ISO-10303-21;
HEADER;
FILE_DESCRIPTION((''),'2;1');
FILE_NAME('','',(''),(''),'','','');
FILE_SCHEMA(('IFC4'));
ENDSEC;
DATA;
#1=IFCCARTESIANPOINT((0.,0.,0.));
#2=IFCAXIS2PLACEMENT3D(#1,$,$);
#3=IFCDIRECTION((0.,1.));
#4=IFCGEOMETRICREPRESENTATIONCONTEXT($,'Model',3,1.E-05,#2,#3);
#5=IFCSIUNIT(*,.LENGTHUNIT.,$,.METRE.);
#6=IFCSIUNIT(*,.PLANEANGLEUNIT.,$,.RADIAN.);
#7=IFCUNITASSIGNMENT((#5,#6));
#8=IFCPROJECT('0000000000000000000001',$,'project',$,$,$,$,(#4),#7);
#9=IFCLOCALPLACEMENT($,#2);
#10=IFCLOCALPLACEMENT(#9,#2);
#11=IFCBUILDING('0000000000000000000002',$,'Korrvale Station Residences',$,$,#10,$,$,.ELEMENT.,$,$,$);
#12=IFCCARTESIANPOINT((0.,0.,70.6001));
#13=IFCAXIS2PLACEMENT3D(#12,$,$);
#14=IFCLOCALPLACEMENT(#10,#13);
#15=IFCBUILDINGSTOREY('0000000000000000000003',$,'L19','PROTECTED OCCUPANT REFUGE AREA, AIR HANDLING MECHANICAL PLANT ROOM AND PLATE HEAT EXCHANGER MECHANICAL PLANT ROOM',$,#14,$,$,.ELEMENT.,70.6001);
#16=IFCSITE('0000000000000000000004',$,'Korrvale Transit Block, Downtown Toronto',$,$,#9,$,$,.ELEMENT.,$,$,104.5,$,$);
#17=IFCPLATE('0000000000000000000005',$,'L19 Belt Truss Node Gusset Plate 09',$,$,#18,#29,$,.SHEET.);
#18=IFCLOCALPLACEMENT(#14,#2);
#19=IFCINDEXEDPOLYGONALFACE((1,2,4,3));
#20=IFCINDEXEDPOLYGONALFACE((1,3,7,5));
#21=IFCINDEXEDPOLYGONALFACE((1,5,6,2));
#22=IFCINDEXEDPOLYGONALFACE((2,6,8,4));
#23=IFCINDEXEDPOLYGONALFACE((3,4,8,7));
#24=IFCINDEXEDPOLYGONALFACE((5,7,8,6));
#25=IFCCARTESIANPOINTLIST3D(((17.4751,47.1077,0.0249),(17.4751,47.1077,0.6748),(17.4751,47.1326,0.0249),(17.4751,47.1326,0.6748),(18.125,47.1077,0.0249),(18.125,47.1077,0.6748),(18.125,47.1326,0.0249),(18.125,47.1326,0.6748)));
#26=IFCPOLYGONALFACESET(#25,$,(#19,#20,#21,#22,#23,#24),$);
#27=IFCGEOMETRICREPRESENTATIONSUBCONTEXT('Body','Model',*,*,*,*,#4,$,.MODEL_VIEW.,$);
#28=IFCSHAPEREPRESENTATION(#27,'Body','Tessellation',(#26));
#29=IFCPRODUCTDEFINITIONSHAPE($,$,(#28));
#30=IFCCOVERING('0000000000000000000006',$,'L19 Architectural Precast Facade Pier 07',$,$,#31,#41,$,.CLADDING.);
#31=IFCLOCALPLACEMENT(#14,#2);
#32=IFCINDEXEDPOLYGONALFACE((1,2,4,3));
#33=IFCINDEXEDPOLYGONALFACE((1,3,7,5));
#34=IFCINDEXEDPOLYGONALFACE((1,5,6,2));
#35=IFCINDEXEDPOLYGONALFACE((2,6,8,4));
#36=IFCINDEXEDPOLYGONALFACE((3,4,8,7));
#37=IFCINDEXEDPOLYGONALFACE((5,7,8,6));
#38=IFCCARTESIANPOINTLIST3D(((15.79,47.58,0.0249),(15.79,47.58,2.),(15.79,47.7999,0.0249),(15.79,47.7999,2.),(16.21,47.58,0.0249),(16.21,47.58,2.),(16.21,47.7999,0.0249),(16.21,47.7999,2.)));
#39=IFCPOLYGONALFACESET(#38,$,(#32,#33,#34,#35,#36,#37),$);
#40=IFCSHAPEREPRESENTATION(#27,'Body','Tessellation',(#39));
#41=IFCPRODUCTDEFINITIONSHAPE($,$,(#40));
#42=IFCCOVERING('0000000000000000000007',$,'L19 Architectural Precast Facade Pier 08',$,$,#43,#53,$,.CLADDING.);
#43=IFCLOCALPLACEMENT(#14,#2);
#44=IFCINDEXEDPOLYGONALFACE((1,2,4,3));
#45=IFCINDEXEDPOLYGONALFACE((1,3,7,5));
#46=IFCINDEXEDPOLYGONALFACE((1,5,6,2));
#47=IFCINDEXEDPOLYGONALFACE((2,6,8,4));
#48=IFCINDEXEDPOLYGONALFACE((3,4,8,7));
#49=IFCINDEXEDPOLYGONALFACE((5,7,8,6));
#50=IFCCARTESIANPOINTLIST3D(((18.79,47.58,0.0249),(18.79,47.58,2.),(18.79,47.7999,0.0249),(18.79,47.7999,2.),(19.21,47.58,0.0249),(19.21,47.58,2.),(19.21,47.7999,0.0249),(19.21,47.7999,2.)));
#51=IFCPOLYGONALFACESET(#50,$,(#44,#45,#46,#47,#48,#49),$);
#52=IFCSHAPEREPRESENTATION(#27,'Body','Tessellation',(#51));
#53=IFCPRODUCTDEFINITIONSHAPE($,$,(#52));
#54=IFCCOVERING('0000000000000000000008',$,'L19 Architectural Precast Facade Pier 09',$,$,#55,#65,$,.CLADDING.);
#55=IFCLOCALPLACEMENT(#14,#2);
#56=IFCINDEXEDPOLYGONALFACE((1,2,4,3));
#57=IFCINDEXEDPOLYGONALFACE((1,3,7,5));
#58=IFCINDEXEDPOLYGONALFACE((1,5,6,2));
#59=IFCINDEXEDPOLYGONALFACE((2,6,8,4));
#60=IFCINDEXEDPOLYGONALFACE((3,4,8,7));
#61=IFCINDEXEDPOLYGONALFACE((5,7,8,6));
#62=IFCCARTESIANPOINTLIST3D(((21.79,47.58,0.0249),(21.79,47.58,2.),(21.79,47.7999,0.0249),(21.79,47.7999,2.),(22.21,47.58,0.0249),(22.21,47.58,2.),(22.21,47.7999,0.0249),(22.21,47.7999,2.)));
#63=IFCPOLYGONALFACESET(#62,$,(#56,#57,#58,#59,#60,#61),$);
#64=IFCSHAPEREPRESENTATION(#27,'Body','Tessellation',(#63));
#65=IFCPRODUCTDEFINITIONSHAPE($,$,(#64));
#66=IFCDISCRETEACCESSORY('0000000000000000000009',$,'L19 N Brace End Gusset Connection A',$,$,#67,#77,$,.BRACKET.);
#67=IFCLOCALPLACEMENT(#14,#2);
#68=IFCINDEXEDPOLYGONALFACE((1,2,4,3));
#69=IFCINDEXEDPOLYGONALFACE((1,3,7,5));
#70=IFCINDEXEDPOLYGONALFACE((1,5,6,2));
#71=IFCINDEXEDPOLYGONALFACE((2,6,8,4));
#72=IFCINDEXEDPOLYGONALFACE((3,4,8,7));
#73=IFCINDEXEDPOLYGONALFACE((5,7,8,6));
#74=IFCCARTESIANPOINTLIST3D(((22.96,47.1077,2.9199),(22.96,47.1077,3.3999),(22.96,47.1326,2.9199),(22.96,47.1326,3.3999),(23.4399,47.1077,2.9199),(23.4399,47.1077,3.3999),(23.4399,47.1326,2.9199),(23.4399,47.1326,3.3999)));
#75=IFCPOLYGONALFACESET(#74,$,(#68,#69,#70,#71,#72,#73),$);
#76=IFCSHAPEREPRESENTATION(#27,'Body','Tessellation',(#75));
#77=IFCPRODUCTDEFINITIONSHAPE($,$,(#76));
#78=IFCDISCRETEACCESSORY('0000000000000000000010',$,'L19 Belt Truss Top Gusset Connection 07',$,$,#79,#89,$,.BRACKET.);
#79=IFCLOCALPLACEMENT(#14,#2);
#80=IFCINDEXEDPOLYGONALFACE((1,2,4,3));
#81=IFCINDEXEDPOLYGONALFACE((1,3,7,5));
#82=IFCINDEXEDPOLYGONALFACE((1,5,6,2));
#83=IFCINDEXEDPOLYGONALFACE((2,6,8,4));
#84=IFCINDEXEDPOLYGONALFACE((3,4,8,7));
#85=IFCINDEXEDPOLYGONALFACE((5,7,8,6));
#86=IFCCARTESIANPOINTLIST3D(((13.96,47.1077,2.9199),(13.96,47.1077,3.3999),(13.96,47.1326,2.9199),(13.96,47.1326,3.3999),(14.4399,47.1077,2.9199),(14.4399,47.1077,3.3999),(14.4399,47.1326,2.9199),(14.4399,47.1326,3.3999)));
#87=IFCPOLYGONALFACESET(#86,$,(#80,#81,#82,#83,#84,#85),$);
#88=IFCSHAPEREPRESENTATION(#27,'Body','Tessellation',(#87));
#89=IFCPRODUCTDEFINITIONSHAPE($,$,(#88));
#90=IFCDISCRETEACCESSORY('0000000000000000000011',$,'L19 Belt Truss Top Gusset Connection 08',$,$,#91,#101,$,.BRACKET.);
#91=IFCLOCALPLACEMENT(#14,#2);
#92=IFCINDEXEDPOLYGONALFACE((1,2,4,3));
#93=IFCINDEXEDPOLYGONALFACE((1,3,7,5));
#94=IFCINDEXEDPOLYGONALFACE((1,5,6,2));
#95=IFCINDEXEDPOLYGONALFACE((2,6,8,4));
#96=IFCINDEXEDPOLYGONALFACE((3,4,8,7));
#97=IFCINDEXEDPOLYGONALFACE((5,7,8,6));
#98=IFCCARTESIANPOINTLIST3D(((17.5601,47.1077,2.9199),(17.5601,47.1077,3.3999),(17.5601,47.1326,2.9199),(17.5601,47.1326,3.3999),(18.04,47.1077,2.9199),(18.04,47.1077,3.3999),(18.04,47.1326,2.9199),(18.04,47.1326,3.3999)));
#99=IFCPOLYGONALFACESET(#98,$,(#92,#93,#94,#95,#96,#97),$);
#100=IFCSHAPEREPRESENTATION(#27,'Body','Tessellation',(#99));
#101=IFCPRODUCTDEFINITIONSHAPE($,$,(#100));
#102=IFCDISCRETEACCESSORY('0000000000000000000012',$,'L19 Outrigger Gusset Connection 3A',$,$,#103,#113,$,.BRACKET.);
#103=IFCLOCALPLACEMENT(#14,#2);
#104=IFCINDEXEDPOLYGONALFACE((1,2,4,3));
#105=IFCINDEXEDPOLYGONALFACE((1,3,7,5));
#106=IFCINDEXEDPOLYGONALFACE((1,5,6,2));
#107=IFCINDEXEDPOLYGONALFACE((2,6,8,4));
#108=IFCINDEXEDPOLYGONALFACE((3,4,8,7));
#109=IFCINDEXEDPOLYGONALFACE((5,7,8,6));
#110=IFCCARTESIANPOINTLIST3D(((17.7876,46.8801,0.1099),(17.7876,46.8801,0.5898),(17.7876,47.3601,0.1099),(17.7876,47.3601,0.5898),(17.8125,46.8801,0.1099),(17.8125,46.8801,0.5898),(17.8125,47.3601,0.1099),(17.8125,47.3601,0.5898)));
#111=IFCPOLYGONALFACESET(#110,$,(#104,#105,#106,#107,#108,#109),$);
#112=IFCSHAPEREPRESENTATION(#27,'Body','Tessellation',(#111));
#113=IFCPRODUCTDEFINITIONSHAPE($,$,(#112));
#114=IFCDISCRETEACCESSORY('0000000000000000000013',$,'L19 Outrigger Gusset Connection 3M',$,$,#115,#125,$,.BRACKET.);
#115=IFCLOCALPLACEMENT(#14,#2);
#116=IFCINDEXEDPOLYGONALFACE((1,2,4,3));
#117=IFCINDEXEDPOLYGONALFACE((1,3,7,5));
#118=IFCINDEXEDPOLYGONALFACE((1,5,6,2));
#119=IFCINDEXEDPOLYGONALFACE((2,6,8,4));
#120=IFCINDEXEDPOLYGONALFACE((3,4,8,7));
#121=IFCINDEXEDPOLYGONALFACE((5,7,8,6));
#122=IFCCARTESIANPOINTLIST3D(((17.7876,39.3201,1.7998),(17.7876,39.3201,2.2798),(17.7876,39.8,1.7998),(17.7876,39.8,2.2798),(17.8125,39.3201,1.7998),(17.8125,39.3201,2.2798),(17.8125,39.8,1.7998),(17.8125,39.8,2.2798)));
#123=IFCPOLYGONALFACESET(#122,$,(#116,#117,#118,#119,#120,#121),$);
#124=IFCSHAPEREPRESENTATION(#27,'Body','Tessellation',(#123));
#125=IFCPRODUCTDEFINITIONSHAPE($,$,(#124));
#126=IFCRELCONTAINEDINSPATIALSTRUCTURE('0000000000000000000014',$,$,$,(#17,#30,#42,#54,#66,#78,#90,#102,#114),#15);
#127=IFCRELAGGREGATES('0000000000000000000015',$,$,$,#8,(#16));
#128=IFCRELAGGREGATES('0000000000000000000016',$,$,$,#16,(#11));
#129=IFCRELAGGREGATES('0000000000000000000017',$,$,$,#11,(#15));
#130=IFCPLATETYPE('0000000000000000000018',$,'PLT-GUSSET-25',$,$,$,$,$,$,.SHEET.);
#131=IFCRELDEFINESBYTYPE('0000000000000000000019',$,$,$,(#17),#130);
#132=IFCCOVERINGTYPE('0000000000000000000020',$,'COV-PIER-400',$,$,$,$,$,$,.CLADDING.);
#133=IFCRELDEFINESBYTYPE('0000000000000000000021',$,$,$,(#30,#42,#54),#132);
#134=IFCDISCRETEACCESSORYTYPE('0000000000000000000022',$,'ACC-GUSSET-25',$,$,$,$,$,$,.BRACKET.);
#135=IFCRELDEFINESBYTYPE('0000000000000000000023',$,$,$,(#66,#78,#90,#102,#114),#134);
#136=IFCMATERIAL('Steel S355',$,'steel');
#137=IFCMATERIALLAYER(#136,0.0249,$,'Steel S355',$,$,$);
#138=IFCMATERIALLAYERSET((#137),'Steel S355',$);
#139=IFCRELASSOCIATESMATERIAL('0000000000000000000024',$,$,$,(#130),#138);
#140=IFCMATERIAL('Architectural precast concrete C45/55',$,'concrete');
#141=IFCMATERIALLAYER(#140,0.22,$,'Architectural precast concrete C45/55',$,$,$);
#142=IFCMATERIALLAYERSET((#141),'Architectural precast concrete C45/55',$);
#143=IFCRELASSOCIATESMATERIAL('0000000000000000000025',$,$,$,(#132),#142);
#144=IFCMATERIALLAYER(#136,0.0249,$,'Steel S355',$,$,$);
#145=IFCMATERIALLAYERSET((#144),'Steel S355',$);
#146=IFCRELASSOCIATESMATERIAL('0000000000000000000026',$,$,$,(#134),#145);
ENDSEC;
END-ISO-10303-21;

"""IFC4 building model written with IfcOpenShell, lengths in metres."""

from ifc_helpers import new_model, si_unit, direction, frame, origin, origin_2d, place, context, subcontext, project, spatial, rectangle, extrude, material, layer, layer_set, type_object, element, save


model = new_model("IFC4")

# Units and contexts
model_context = context("Model", 3, precision=1e-05, world=origin(), true_north=direction((0.0, 1.0)))
body_context = subcontext(model_context, "Body", "Model", "MODEL_VIEW")
ifc_project = project(units=[si_unit("LENGTHUNIT", "METRE"), si_unit("PLANEANGLEUNIT", "RADIAN")], contexts=[model_context])

# Site, building, storey
site_placement = place(None, origin())
site = spatial("IfcSite", under=ifc_project, at=site_placement, Name="Korrvale Transit Block, Downtown Toronto", CompositionType="ELEMENT", RefElevation=104.5)
building_placement = place(site_placement, origin())
building = spatial("IfcBuilding", under=site, at=building_placement, Name="Korrvale Station Residences", CompositionType="ELEMENT")
storey_placement = place(building_placement, frame((0.0, 0.0, 70.6001)))
storey = spatial("IfcBuildingStorey", under=building, at=storey_placement, Name="L19", Description="PROTECTED OCCUPANT REFUGE AREA, AIR HANDLING MECHANICAL PLANT ROOM AND PLATE HEAT EXCHANGER MECHANICAL PLANT ROOM", CompositionType="ELEMENT", Elevation=70.6001)

# Shared definitions
ifc_material_1 = material(Name="Steel S355", Category="steel")

# Plate
ifc_layer_1 = layer(ifc_material_1, 0.0249, Name="Steel S355")
ifc_layer_set_1 = layer_set([ifc_layer_1], Name="Steel S355")
plate_type_1 = type_object("IfcPlateType", Name="PLT-GUSSET-25", PredefinedType="SHEET", material=ifc_layer_set_1)
for number, where, z_axis, x_axis, name in (
    (1, (17.8, 47.1201, 0.0249), (0.0, 0.0, 1.0), (1.0, 0.0, 0.0), "L19 Belt Truss Node Gusset Plate 09"),
):
    element("IfcPlate", number, at=place(storey_placement, frame(where, z_axis=z_axis, x_axis=x_axis)), inside=storey, type_object=plate_type_1, Name=name, PredefinedType="SHEET", context=body_context, shape_type="SweptSolid", body=[
        extrude(rectangle(XDim=0.6499, YDim=0.0249, at=origin_2d()), origin(), (0.0, 0.0, 1.0), 0.6499),
    ])

# Coverings
ifc_material_2 = material(Name="Architectural precast concrete C45/55", Category="concrete")
ifc_layer_2 = layer(ifc_material_2, 0.22, Name="Architectural precast concrete C45/55")
ifc_layer_set_2 = layer_set([ifc_layer_2], Name="Architectural precast concrete C45/55")
covering_type = type_object("IfcCoveringType", Name="COV-PIER-400", PredefinedType="CLADDING", material=ifc_layer_set_2)
for number, where, z_axis, x_axis, name in (
    (2, (16.0, 47.6899, 0.0249), (0.0, 0.0, 1.0), (1.0, 0.0, 0.0), "L19 Architectural Precast Facade Pier 07"),
    (3, (19.0, 47.6899, 0.0249), (0.0, 0.0, 1.0), (1.0, 0.0, 0.0), "L19 Architectural Precast Facade Pier 08"),
    (4, (22.0, 47.6899, 0.0249), (0.0, 0.0, 1.0), (1.0, 0.0, 0.0), "L19 Architectural Precast Facade Pier 09"),
):
    element("IfcCovering", number, at=place(storey_placement, frame(where, z_axis=z_axis, x_axis=x_axis)), inside=storey, type_object=covering_type, Name=name, PredefinedType="CLADDING", context=body_context, shape_type="SweptSolid", body=[
        extrude(rectangle(XDim=0.4199, YDim=0.22, at=origin_2d()), origin(), (0.0, 0.0, 1.0), 1.9751),
    ])

# Discrete accessories
ifc_layer_3 = layer(ifc_material_1, 0.0249, Name="Steel S355")
ifc_layer_set_3 = layer_set([ifc_layer_3], Name="Steel S355")
discrete_accessory_type = type_object("IfcDiscreteAccessoryType", Name="ACC-GUSSET-25", PredefinedType="BRACKET", material=ifc_layer_set_3)
for number, where, z_axis, x_axis, name in (
    (5, (23.2, 47.1201, 2.9199), (0.0, 0.0, 1.0), (1.0, 0.0, 0.0), "L19 N Brace End Gusset Connection A"),
    (6, (14.2, 47.1201, 2.9199), (0.0, 0.0, 1.0), (1.0, 0.0, 0.0), "L19 Belt Truss Top Gusset Connection 07"),
    (7, (17.8, 47.1201, 2.9199), (0.0, 0.0, 1.0), (1.0, 0.0, 0.0), "L19 Belt Truss Top Gusset Connection 08"),
    (8, (17.8, 47.1201, 0.1099), (0.0, 0.0, 1.0), (0.0, 1.0, 0.0), "L19 Outrigger Gusset Connection 3A"),
    (9, (17.8, 39.5601, 1.7998), (0.0, 0.0, 1.0), (0.0, 1.0, 0.0), "L19 Outrigger Gusset Connection 3M"),
):
    element("IfcDiscreteAccessory", number, at=place(storey_placement, frame(where, z_axis=z_axis, x_axis=x_axis)), inside=storey, type_object=discrete_accessory_type, Name=name, PredefinedType="BRACKET", context=body_context, shape_type="SweptSolid", body=[
        extrude(rectangle(XDim=0.48, YDim=0.0249, at=origin_2d()), origin(), (0.0, 0.0, 1.0), 0.48),
    ])

save(model, "model.ifc")
